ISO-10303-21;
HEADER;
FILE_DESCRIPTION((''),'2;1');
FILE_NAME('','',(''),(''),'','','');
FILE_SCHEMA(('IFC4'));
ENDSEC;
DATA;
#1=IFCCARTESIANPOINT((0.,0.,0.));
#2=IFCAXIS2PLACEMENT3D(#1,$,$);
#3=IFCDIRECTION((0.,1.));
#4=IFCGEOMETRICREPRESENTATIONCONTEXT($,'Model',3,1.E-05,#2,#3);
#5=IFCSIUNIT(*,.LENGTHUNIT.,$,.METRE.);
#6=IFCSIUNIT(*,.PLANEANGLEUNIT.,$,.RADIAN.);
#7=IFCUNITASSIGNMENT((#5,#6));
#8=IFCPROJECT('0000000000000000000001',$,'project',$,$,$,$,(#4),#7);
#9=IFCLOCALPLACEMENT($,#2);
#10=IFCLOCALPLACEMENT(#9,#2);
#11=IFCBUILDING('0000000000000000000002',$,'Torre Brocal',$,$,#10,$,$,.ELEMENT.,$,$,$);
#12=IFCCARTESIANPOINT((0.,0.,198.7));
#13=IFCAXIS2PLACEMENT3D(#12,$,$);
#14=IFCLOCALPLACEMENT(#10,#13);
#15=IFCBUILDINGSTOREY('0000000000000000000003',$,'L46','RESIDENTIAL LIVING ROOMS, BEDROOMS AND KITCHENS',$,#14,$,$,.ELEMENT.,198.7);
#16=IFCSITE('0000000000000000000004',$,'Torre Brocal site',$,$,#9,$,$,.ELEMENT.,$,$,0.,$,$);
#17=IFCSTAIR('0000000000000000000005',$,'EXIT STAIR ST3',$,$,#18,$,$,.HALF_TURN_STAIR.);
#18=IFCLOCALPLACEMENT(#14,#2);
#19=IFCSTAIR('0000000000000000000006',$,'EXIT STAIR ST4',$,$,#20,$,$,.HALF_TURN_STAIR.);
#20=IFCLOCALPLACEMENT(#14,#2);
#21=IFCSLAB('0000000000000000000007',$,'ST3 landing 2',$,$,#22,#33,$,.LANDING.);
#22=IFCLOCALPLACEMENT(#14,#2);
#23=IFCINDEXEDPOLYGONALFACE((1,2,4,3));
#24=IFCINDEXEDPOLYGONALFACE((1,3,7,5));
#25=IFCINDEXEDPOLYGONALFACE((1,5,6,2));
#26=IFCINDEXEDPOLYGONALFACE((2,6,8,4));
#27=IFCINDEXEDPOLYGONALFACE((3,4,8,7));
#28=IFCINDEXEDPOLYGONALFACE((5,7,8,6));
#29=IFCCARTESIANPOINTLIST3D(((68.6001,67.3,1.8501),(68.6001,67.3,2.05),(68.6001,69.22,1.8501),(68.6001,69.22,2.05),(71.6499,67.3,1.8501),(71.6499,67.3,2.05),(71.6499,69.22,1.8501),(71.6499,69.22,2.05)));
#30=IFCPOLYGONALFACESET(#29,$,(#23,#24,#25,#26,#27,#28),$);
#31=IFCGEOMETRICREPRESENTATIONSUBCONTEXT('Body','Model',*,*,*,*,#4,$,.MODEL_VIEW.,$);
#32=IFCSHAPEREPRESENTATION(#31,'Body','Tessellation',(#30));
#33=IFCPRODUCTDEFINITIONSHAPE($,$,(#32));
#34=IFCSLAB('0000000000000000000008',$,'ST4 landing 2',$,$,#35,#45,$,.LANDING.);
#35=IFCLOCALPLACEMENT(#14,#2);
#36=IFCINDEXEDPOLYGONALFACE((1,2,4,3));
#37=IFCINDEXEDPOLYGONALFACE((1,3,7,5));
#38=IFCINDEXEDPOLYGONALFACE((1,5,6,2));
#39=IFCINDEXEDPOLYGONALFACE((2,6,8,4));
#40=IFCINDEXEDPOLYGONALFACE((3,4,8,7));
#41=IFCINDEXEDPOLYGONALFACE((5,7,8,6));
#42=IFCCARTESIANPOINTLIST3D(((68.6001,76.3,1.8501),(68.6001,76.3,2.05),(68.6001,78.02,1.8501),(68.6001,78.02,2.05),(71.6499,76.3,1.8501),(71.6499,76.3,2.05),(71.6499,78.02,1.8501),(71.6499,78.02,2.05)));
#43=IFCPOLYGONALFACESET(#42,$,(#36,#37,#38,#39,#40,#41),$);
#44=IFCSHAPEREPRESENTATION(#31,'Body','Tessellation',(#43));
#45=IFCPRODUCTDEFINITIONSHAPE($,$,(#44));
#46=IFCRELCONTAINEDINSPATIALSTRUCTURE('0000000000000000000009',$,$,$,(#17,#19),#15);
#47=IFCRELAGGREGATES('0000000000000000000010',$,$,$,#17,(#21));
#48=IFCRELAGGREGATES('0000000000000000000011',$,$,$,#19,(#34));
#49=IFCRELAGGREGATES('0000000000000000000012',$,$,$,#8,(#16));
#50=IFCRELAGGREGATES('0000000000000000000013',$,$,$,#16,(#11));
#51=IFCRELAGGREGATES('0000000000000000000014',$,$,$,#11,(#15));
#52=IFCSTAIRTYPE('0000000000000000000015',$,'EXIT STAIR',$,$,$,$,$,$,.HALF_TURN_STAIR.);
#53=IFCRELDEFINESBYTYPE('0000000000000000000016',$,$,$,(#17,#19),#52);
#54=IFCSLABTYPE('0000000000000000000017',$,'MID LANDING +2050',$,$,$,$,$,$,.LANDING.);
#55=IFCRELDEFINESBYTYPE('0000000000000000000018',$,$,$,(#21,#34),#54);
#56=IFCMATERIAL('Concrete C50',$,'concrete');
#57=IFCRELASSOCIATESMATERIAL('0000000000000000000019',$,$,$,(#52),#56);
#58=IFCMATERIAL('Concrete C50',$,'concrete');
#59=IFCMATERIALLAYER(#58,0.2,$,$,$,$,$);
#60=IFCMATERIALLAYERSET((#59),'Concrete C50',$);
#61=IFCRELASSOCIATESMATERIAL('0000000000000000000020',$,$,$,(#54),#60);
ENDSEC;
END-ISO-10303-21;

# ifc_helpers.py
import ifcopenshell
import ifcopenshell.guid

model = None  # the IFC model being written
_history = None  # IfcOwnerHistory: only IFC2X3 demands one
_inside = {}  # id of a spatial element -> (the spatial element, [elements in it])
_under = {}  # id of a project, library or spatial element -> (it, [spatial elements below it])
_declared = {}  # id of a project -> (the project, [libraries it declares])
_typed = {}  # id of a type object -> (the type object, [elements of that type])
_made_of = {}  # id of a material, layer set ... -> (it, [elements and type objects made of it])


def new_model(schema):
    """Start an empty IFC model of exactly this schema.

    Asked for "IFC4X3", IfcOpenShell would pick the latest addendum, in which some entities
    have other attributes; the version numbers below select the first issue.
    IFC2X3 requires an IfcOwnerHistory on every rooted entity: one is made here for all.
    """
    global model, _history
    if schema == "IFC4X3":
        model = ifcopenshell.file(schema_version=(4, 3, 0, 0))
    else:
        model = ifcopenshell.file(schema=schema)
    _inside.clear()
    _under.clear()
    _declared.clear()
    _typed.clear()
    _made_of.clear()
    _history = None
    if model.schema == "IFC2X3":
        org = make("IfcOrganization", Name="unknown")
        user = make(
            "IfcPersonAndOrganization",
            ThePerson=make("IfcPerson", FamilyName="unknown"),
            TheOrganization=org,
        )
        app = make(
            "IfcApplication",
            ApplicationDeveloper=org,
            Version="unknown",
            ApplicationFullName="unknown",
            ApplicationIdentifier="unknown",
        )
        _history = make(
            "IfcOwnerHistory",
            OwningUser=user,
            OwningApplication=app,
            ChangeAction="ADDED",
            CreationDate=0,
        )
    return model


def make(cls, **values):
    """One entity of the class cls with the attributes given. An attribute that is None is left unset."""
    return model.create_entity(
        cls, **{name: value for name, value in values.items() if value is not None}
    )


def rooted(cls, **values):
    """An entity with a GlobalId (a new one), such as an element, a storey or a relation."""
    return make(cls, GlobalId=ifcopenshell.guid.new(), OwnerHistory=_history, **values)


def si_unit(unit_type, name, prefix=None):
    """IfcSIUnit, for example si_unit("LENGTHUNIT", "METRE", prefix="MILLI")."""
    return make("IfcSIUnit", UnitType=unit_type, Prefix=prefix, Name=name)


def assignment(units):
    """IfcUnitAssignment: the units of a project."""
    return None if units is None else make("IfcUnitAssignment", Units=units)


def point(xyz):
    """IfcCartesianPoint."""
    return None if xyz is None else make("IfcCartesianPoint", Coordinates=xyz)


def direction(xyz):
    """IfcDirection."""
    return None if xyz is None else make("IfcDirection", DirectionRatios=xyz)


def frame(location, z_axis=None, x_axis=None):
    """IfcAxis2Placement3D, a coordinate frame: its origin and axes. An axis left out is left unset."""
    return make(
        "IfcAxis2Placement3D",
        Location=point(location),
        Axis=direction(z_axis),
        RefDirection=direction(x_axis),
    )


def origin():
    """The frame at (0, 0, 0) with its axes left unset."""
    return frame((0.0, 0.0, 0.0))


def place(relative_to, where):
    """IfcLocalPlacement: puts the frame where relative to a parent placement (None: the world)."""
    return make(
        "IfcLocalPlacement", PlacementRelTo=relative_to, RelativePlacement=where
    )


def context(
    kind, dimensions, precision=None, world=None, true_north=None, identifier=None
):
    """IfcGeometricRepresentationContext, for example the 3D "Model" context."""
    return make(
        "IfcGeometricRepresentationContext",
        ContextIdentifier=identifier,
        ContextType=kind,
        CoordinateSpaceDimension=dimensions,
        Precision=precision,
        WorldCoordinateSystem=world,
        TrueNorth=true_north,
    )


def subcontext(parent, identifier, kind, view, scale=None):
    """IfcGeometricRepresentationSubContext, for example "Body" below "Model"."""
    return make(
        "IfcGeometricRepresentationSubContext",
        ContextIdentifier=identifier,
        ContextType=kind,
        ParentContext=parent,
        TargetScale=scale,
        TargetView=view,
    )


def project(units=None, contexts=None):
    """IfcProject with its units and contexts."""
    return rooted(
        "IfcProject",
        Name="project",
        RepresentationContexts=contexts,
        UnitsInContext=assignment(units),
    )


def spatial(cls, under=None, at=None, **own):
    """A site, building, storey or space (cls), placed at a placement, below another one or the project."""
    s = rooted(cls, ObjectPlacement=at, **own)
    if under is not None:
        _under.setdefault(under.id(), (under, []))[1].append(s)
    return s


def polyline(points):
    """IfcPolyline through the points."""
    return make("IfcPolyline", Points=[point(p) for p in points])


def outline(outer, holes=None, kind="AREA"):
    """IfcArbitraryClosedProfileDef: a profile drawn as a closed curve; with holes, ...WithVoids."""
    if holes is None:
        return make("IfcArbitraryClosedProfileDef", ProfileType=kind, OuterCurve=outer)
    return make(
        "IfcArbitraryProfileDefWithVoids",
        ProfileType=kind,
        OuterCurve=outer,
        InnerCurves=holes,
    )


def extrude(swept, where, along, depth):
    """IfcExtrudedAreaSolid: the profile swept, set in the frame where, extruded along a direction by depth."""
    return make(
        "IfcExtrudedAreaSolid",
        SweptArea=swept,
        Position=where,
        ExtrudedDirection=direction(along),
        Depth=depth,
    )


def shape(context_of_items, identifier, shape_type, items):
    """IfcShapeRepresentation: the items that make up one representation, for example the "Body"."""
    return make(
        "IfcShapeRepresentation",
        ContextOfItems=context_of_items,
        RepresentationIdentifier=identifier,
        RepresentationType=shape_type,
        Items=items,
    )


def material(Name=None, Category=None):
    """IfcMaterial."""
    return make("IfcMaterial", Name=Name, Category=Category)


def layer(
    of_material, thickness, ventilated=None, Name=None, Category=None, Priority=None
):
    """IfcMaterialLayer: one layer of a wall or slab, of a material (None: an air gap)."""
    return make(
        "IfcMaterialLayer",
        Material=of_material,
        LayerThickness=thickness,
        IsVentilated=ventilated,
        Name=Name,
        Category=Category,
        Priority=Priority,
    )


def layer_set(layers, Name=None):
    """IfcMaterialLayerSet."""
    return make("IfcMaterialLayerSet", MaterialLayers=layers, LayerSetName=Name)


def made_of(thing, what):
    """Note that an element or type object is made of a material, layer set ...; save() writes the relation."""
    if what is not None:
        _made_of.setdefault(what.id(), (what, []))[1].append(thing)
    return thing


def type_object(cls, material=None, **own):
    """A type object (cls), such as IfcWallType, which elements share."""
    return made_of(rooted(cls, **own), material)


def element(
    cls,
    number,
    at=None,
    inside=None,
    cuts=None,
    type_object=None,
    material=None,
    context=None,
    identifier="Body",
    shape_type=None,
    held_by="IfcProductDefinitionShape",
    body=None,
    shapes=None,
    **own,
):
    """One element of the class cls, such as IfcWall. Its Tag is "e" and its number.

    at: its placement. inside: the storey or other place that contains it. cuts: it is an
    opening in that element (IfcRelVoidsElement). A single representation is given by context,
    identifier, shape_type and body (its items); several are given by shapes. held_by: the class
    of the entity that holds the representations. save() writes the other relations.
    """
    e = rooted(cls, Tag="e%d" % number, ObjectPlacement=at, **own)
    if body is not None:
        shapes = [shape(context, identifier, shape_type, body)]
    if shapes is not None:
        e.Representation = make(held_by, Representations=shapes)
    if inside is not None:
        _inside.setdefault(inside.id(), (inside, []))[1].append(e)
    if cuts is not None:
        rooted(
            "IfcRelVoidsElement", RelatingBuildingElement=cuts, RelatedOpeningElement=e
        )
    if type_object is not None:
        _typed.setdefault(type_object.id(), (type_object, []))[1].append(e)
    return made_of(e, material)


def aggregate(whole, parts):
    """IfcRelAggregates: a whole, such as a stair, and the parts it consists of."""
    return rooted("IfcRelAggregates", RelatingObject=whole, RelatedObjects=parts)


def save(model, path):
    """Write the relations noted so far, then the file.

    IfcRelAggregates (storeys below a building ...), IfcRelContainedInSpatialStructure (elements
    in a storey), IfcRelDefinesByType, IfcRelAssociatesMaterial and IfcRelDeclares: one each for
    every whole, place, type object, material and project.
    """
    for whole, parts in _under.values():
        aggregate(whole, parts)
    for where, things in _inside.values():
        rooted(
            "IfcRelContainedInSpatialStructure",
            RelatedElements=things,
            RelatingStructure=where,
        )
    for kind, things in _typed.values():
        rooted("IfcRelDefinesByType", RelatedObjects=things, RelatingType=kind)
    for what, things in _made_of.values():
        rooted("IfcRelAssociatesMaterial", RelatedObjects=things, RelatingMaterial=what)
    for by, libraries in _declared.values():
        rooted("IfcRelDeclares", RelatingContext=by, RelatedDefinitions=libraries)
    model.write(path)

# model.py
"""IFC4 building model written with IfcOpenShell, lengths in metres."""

from ifc_helpers import new_model, si_unit, direction, frame, origin, place, context, subcontext, project, spatial, polyline, outline, extrude, material, layer, layer_set, type_object, element, aggregate, save


model = new_model("IFC4")

# Units and contexts
model_context = context("Model", 3, precision=1e-05, world=origin(), true_north=direction((0.0, 1.0)))
body_context = subcontext(model_context, "Body", "Model", "MODEL_VIEW")
ifc_project = project(units=[si_unit("LENGTHUNIT", "METRE"), si_unit("PLANEANGLEUNIT", "RADIAN")], contexts=[model_context])

# Site, building, storey
site_placement = place(None, origin())
site = spatial("IfcSite", under=ifc_project, at=site_placement, Name="Torre Brocal site", CompositionType="ELEMENT", RefElevation=0.0)
building_placement = place(site_placement, origin())
building = spatial("IfcBuilding", under=site, at=building_placement, Name="Torre Brocal", CompositionType="ELEMENT")
storey_placement = place(building_placement, frame((0.0, 0.0, 198.7)))
storey = spatial("IfcBuildingStorey", under=building, at=storey_placement, Name="L46", Description="RESIDENTIAL LIVING ROOMS, BEDROOMS AND KITCHENS", CompositionType="ELEMENT", Elevation=198.7)

# Stairs
ifc_material_1 = material(Name="Concrete C50", Category="concrete")
stair_type = type_object("IfcStairType", Name="EXIT STAIR", PredefinedType="HALF_TURN_STAIR", material=ifc_material_1)
stair_1_placement = place(storey_placement, origin())
stair_1 = element("IfcStair", 1, at=stair_1_placement, inside=storey, type_object=stair_type, Name="EXIT STAIR ST3", PredefinedType="HALF_TURN_STAIR")
stair_2_placement = place(storey_placement, origin())
stair_2 = element("IfcStair", 2, at=stair_2_placement, inside=storey, type_object=stair_type, Name="EXIT STAIR ST4", PredefinedType="HALF_TURN_STAIR")

# Slabs
ifc_material_2 = material(Name="Concrete C50", Category="concrete")
ifc_layer_1 = layer(ifc_material_2, 0.2)
ifc_layer_set_1 = layer_set([ifc_layer_1], Name="Concrete C50")
slab_type_1 = type_object("IfcSlabType", Name="MID LANDING +2050", PredefinedType="LANDING", material=ifc_layer_set_1)
slab_1_placement = place(storey_placement, frame((0.0, 0.0, 1.8501)))
slab_1 = element("IfcSlab", 3, at=slab_1_placement, type_object=slab_type_1, Name="ST3 landing 2", PredefinedType="LANDING", context=body_context, shape_type="SweptSolid", body=[
    extrude(outline(polyline([(71.6499, 69.22), (68.6001, 69.22), (68.6001, 67.3), (71.6499, 67.3), (71.6499, 69.22)])), origin(), (0.0, 0.0, 1.0), 0.2),
])
aggregate(stair_1, [slab_1])
slab_2_placement = place(storey_placement, frame((0.0, 0.0, 1.8501)))
slab_2 = element("IfcSlab", 4, at=slab_2_placement, type_object=slab_type_1, Name="ST4 landing 2", PredefinedType="LANDING", context=body_context, shape_type="SweptSolid", body=[
    extrude(outline(polyline([(71.6499, 78.02), (68.6001, 78.02), (68.6001, 76.3), (71.6499, 76.3), (71.6499, 78.02)])), origin(), (0.0, 0.0, 1.0), 0.2),
])
aggregate(stair_2, [slab_2])

save(model, "model.ifc")
